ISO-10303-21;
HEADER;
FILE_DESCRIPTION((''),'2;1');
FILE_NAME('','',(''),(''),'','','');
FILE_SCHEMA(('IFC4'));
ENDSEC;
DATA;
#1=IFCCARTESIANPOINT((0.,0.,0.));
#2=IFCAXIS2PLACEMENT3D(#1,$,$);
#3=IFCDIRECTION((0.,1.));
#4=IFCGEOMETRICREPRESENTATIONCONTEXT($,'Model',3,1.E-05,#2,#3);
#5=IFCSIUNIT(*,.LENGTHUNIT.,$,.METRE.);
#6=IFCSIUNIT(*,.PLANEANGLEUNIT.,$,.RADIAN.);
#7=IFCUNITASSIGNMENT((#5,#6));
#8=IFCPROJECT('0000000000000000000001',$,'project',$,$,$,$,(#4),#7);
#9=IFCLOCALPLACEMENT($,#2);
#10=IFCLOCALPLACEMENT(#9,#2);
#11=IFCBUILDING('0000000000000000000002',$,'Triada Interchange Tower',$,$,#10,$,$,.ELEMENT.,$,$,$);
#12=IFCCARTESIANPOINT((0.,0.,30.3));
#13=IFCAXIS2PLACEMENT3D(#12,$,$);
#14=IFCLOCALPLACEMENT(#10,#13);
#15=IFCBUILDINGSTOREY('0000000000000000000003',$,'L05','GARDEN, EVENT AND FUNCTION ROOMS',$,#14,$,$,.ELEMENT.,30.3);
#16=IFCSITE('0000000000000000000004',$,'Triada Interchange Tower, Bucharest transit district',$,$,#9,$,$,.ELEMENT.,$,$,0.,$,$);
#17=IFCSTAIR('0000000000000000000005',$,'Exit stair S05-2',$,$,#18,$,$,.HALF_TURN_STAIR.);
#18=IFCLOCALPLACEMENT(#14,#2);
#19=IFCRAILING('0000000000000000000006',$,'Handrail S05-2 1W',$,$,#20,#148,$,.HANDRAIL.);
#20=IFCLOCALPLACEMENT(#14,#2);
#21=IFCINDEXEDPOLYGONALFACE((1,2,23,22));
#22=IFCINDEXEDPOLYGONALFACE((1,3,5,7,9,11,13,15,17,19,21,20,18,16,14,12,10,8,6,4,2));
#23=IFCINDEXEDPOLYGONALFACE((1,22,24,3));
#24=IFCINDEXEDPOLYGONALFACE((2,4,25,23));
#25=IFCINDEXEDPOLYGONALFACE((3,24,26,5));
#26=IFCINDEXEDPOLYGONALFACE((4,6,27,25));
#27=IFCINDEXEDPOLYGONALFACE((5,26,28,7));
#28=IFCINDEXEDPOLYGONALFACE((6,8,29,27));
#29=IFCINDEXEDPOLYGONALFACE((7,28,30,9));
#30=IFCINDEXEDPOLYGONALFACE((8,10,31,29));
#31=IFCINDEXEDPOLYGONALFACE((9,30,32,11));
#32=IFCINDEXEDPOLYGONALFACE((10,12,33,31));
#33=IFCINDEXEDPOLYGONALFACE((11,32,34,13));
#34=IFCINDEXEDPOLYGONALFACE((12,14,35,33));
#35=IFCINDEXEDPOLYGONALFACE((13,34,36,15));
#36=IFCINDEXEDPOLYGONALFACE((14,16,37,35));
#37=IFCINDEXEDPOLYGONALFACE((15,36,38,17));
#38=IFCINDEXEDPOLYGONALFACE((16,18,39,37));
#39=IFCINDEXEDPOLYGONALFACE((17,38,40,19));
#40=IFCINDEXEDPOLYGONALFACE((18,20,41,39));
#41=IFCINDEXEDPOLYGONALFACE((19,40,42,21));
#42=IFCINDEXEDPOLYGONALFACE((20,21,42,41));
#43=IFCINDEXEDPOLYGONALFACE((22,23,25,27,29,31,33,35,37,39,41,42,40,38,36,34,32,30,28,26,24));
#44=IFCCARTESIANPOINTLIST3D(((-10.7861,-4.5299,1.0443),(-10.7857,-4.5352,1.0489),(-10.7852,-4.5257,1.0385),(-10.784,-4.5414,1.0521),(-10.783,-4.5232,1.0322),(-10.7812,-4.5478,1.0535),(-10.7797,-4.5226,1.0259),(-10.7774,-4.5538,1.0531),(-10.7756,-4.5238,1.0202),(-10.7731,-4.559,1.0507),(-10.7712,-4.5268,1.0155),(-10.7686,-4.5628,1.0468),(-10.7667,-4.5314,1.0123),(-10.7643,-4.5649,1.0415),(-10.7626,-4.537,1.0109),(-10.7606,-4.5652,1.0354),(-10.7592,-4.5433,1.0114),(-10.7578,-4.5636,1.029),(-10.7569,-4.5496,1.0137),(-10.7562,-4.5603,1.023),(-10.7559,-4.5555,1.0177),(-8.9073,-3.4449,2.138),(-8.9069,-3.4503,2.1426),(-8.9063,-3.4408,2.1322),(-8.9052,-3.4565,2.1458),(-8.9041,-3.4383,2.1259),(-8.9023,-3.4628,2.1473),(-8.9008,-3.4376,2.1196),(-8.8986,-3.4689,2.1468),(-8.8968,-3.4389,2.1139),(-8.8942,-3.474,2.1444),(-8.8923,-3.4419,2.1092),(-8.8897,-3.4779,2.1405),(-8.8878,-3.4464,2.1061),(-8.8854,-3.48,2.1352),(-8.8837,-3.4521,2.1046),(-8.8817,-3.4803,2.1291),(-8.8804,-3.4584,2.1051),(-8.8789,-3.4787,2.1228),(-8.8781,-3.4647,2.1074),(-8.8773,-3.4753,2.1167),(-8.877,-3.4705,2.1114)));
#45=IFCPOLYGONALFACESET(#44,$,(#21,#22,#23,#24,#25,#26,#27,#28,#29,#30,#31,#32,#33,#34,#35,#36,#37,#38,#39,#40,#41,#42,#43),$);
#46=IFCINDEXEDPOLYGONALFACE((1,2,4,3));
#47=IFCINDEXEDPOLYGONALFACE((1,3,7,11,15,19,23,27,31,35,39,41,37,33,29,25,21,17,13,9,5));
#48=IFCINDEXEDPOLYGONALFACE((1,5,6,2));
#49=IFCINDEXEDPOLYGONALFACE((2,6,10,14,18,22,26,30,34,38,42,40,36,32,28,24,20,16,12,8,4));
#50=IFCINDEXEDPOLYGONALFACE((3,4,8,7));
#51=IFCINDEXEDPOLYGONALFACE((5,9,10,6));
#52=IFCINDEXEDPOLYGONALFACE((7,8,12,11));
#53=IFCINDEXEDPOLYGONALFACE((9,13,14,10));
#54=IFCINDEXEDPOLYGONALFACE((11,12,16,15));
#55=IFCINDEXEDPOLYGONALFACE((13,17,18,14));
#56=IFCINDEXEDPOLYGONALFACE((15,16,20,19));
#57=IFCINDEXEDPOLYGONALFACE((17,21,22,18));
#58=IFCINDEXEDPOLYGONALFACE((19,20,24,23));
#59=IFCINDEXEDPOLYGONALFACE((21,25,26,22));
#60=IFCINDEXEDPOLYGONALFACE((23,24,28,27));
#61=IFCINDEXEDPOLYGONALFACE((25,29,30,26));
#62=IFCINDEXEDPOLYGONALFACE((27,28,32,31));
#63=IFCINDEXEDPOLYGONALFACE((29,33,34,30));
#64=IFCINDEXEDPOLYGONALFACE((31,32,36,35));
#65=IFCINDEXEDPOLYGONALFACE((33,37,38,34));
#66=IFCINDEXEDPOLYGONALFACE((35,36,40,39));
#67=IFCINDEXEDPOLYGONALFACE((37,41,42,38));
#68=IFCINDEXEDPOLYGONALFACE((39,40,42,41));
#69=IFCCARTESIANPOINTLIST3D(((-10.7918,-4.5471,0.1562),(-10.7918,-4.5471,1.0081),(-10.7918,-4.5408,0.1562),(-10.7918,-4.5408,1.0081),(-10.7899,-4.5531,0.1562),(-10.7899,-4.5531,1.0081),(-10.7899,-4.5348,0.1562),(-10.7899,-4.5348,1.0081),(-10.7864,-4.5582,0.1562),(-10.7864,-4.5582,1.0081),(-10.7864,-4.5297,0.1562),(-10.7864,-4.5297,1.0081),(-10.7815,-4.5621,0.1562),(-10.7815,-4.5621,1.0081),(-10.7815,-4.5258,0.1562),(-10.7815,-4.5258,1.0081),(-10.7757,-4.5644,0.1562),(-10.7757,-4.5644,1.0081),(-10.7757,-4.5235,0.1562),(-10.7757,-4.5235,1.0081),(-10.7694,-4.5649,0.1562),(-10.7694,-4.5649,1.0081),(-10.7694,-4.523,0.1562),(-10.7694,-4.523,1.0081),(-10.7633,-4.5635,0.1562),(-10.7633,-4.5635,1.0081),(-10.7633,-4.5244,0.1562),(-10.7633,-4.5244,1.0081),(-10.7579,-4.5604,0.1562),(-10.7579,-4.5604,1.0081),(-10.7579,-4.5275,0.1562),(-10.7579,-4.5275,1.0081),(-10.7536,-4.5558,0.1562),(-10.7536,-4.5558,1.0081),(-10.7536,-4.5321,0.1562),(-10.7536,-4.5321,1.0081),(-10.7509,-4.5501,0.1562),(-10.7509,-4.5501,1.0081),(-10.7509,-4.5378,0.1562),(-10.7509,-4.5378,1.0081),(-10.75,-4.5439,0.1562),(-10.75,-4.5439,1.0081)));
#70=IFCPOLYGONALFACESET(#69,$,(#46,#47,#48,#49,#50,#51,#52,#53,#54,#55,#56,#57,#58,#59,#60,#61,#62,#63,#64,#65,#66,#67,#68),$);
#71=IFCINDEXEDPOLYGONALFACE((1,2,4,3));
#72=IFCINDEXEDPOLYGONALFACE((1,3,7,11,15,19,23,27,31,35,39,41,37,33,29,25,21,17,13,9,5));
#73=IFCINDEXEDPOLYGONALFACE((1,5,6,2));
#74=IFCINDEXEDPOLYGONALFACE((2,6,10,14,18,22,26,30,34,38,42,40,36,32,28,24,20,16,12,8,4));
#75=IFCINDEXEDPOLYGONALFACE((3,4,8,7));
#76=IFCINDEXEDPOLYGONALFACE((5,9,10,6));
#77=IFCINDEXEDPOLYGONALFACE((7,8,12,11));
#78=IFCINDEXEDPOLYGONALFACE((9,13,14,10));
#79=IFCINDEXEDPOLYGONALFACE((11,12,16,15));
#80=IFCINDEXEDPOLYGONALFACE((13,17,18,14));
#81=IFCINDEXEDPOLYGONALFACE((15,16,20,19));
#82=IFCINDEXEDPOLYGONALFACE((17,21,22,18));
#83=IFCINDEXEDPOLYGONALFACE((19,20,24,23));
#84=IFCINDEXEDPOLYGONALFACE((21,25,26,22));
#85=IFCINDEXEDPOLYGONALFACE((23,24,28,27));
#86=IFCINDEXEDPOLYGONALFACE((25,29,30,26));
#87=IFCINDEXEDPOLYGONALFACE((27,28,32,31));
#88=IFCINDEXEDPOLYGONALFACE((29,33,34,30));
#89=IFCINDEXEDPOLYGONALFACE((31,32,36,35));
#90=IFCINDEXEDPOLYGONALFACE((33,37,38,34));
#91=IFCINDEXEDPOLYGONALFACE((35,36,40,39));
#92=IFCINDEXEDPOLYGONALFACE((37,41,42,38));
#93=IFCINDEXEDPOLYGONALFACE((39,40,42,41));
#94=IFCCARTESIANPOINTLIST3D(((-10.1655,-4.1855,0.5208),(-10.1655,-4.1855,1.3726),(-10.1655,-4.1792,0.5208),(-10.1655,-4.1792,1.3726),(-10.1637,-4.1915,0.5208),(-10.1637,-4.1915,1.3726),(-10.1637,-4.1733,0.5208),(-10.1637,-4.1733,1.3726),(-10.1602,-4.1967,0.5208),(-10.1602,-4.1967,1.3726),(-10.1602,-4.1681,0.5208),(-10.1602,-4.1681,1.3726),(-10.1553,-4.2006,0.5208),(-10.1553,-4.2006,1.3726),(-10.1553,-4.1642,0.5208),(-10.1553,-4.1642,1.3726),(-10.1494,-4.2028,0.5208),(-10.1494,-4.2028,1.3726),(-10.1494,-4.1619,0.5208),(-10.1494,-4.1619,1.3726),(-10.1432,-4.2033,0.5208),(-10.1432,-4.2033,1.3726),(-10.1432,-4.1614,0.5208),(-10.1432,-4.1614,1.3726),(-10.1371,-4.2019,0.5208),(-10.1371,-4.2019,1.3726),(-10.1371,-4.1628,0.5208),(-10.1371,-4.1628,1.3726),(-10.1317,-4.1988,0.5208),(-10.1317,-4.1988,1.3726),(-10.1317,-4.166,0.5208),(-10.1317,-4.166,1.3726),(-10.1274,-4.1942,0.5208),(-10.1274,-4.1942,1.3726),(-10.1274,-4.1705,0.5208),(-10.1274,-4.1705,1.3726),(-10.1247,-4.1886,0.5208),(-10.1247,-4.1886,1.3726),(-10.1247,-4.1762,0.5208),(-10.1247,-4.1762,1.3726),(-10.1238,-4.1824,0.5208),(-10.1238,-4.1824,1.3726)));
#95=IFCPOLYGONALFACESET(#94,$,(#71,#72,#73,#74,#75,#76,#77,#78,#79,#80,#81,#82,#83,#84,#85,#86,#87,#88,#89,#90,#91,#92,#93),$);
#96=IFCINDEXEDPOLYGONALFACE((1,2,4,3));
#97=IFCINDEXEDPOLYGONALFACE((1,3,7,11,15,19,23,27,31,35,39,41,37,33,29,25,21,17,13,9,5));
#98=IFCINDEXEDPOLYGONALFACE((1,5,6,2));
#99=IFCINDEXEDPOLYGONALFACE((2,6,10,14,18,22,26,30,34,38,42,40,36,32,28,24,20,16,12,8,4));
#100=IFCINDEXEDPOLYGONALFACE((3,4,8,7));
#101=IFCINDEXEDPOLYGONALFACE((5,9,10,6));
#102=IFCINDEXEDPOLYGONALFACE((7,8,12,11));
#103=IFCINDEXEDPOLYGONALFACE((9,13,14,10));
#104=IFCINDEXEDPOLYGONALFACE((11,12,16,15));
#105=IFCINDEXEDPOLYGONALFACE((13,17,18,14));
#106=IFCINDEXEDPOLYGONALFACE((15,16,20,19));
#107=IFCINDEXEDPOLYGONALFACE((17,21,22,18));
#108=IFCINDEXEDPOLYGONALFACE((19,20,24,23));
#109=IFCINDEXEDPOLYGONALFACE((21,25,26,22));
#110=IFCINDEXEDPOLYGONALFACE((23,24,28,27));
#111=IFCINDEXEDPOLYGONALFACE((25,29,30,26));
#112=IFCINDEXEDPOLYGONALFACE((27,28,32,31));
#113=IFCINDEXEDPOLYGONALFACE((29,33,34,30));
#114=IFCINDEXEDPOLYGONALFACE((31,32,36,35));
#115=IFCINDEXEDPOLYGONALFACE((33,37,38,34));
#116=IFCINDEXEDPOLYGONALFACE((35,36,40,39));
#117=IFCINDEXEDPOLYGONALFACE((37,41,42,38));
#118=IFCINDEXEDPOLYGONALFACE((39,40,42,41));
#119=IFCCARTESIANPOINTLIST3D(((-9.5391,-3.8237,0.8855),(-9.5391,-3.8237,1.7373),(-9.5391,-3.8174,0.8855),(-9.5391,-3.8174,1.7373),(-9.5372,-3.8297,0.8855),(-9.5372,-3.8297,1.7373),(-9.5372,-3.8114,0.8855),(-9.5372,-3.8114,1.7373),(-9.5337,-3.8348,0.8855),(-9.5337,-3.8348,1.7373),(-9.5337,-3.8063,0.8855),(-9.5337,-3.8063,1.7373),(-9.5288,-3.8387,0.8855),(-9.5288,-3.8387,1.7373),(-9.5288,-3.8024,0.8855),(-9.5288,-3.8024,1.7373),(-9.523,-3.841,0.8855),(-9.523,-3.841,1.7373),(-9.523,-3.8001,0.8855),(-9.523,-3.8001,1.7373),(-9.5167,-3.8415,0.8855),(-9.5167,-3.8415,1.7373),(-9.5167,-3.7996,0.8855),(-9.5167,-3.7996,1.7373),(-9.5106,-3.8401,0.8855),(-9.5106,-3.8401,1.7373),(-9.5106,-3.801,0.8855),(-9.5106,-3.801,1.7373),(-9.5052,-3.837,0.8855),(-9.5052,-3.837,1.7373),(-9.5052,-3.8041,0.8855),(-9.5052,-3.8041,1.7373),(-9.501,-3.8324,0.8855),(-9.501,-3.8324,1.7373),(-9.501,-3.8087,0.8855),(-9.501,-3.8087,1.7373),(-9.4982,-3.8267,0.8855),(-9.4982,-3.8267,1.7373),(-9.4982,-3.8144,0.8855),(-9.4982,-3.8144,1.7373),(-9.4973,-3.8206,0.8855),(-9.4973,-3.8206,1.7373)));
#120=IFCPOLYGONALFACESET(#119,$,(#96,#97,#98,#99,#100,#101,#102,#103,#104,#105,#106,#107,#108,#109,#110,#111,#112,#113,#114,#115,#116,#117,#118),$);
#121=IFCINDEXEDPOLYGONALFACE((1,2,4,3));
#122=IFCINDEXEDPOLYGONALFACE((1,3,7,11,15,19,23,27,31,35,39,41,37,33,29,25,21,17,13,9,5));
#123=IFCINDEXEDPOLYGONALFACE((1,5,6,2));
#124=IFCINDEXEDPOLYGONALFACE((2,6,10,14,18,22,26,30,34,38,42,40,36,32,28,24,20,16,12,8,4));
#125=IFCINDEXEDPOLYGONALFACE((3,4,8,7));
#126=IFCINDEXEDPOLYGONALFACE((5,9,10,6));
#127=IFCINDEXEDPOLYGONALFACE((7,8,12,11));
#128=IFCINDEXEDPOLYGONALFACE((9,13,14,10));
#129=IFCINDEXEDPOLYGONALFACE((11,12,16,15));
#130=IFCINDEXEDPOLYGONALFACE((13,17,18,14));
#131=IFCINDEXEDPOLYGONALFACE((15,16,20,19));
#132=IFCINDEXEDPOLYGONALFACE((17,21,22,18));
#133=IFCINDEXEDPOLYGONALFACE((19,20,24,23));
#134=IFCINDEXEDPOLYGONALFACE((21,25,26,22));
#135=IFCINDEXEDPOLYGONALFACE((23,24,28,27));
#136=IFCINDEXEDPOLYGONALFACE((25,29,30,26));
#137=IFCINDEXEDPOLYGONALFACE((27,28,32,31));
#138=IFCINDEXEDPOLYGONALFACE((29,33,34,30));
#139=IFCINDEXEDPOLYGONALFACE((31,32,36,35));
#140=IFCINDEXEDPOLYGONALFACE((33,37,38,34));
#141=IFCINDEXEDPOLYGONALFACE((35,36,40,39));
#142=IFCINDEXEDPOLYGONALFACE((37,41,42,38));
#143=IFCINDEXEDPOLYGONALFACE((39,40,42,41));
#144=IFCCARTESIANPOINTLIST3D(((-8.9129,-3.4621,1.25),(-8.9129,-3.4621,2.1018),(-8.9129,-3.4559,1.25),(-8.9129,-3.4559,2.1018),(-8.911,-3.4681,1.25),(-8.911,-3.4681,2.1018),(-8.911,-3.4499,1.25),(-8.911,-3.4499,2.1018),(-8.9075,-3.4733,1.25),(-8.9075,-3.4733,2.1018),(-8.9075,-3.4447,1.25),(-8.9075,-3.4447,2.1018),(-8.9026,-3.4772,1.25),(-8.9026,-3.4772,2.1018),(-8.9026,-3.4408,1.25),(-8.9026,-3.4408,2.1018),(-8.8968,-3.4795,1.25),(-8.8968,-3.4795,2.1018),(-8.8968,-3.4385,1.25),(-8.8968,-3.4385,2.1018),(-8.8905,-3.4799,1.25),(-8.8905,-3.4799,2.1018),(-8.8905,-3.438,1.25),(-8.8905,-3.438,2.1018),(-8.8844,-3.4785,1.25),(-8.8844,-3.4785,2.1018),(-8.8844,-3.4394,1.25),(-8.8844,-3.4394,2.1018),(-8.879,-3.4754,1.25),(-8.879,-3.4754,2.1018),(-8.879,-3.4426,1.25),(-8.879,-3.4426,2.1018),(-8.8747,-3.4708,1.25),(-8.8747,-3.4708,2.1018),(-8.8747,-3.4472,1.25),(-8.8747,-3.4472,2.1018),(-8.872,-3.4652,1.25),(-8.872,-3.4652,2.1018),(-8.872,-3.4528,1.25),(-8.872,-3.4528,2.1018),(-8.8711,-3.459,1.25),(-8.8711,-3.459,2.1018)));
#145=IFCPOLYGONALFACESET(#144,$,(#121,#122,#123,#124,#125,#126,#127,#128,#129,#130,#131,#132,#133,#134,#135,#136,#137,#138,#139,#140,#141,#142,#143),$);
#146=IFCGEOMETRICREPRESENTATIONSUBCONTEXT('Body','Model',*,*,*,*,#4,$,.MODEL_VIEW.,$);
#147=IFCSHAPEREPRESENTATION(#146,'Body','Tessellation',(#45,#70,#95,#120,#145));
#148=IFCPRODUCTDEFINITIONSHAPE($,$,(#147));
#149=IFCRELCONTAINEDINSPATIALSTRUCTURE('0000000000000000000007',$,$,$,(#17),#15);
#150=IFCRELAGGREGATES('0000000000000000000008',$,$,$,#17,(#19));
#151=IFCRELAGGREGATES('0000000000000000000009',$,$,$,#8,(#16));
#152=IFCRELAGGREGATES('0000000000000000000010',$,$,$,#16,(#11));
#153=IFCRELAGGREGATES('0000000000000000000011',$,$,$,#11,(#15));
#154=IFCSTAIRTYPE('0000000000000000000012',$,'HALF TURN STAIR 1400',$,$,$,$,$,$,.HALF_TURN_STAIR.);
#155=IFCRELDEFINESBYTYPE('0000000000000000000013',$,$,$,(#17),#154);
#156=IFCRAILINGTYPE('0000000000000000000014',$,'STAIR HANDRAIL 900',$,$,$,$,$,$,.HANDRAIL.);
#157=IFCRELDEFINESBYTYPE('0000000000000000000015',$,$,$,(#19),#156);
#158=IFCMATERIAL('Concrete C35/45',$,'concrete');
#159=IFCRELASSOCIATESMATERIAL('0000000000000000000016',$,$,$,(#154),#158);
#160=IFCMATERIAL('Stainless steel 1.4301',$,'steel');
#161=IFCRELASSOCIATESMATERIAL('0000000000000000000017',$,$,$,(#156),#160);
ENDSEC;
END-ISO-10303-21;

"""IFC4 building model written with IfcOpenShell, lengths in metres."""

from ifc_helpers import new_model, si_unit, direction, frame, origin, origin_2d, place, context, subcontext, project, spatial, circle, extrude, material, type_object, element, aggregate, save


model = new_model("IFC4")

# Units and contexts
model_context = context("Model", 3, precision=1e-05, world=origin(), true_north=direction((0.0, 1.0)))
body_context = subcontext(model_context, "Body", "Model", "MODEL_VIEW")
ifc_project = project(units=[si_unit("LENGTHUNIT", "METRE"), si_unit("PLANEANGLEUNIT", "RADIAN")], contexts=[model_context])

# Site, building, storey
site_placement = place(None, origin())
site = spatial("IfcSite", under=ifc_project, at=site_placement, Name="Triada Interchange Tower, Bucharest transit district", CompositionType="ELEMENT", RefElevation=0.0)
building_placement = place(site_placement, origin())
building = spatial("IfcBuilding", under=site, at=building_placement, Name="Triada Interchange Tower", CompositionType="ELEMENT")
storey_placement = place(building_placement, frame((0.0, 0.0, 30.3)))
storey = spatial("IfcBuildingStorey", under=building, at=storey_placement, Name="L05", Description="GARDEN, EVENT AND FUNCTION ROOMS", CompositionType="ELEMENT", Elevation=30.3)

# Shared definitions
ifc_material_1 = material(Name="Concrete C35/45", Category="concrete")

# Stair
stair_type = type_object("IfcStairType", Name="HALF TURN STAIR 1400", PredefinedType="HALF_TURN_STAIR", material=ifc_material_1)
stair_placement = place(storey_placement, origin())
stair = element("IfcStair", 1, at=stair_placement, inside=storey, type_object=stair_type, Name="Exit stair S05-2", PredefinedType="HALF_TURN_STAIR")
ifc_material_2 = material(Name="Stainless steel 1.4301", Category="steel")

# Railing
railing_type_1 = type_object("IfcRailingType", Name="STAIR HANDRAIL 900", PredefinedType="HANDRAIL", material=ifc_material_2)
railing_1_placement = place(storey_placement, frame((-10.771, -4.5439, 0.1562)))
railing_1 = element("IfcRailing", 2, at=railing_1_placement, type_object=railing_type_1, Name="Handrail S05-2 1W", PredefinedType="HANDRAIL", context=body_context, shape_type="SweptSolid", body=[
    extrude(circle(Radius=0.0239, at=origin_2d()), frame((0.0, 0.0, 0.876), z_axis=(0.77329, 0.446531, 0.450148), x_axis=(-0.50006, 0.865991, 0.0)), (0.0, 0.0, 1.0), 2.4297),
    extrude(circle(Radius=0.021, at=origin_2d()), origin(), (0.0, 0.0, 1.0), 0.8518),
    extrude(circle(Radius=0.021, at=origin_2d()), frame((0.6262, 0.3616, 0.3645)), (0.0, 0.0, 1.0), 0.8518),
    extrude(circle(Radius=0.021, at=origin_2d()), frame((1.2527, 0.7234, 0.7292)), (0.0, 0.0, 1.0), 0.8518),
    extrude(circle(Radius=0.021, at=origin_2d()), frame((1.8789, 1.085, 1.0938)), (0.0, 0.0, 1.0), 0.8518),
])
aggregate(stair, [railing_1])

save(model, "model.ifc")
